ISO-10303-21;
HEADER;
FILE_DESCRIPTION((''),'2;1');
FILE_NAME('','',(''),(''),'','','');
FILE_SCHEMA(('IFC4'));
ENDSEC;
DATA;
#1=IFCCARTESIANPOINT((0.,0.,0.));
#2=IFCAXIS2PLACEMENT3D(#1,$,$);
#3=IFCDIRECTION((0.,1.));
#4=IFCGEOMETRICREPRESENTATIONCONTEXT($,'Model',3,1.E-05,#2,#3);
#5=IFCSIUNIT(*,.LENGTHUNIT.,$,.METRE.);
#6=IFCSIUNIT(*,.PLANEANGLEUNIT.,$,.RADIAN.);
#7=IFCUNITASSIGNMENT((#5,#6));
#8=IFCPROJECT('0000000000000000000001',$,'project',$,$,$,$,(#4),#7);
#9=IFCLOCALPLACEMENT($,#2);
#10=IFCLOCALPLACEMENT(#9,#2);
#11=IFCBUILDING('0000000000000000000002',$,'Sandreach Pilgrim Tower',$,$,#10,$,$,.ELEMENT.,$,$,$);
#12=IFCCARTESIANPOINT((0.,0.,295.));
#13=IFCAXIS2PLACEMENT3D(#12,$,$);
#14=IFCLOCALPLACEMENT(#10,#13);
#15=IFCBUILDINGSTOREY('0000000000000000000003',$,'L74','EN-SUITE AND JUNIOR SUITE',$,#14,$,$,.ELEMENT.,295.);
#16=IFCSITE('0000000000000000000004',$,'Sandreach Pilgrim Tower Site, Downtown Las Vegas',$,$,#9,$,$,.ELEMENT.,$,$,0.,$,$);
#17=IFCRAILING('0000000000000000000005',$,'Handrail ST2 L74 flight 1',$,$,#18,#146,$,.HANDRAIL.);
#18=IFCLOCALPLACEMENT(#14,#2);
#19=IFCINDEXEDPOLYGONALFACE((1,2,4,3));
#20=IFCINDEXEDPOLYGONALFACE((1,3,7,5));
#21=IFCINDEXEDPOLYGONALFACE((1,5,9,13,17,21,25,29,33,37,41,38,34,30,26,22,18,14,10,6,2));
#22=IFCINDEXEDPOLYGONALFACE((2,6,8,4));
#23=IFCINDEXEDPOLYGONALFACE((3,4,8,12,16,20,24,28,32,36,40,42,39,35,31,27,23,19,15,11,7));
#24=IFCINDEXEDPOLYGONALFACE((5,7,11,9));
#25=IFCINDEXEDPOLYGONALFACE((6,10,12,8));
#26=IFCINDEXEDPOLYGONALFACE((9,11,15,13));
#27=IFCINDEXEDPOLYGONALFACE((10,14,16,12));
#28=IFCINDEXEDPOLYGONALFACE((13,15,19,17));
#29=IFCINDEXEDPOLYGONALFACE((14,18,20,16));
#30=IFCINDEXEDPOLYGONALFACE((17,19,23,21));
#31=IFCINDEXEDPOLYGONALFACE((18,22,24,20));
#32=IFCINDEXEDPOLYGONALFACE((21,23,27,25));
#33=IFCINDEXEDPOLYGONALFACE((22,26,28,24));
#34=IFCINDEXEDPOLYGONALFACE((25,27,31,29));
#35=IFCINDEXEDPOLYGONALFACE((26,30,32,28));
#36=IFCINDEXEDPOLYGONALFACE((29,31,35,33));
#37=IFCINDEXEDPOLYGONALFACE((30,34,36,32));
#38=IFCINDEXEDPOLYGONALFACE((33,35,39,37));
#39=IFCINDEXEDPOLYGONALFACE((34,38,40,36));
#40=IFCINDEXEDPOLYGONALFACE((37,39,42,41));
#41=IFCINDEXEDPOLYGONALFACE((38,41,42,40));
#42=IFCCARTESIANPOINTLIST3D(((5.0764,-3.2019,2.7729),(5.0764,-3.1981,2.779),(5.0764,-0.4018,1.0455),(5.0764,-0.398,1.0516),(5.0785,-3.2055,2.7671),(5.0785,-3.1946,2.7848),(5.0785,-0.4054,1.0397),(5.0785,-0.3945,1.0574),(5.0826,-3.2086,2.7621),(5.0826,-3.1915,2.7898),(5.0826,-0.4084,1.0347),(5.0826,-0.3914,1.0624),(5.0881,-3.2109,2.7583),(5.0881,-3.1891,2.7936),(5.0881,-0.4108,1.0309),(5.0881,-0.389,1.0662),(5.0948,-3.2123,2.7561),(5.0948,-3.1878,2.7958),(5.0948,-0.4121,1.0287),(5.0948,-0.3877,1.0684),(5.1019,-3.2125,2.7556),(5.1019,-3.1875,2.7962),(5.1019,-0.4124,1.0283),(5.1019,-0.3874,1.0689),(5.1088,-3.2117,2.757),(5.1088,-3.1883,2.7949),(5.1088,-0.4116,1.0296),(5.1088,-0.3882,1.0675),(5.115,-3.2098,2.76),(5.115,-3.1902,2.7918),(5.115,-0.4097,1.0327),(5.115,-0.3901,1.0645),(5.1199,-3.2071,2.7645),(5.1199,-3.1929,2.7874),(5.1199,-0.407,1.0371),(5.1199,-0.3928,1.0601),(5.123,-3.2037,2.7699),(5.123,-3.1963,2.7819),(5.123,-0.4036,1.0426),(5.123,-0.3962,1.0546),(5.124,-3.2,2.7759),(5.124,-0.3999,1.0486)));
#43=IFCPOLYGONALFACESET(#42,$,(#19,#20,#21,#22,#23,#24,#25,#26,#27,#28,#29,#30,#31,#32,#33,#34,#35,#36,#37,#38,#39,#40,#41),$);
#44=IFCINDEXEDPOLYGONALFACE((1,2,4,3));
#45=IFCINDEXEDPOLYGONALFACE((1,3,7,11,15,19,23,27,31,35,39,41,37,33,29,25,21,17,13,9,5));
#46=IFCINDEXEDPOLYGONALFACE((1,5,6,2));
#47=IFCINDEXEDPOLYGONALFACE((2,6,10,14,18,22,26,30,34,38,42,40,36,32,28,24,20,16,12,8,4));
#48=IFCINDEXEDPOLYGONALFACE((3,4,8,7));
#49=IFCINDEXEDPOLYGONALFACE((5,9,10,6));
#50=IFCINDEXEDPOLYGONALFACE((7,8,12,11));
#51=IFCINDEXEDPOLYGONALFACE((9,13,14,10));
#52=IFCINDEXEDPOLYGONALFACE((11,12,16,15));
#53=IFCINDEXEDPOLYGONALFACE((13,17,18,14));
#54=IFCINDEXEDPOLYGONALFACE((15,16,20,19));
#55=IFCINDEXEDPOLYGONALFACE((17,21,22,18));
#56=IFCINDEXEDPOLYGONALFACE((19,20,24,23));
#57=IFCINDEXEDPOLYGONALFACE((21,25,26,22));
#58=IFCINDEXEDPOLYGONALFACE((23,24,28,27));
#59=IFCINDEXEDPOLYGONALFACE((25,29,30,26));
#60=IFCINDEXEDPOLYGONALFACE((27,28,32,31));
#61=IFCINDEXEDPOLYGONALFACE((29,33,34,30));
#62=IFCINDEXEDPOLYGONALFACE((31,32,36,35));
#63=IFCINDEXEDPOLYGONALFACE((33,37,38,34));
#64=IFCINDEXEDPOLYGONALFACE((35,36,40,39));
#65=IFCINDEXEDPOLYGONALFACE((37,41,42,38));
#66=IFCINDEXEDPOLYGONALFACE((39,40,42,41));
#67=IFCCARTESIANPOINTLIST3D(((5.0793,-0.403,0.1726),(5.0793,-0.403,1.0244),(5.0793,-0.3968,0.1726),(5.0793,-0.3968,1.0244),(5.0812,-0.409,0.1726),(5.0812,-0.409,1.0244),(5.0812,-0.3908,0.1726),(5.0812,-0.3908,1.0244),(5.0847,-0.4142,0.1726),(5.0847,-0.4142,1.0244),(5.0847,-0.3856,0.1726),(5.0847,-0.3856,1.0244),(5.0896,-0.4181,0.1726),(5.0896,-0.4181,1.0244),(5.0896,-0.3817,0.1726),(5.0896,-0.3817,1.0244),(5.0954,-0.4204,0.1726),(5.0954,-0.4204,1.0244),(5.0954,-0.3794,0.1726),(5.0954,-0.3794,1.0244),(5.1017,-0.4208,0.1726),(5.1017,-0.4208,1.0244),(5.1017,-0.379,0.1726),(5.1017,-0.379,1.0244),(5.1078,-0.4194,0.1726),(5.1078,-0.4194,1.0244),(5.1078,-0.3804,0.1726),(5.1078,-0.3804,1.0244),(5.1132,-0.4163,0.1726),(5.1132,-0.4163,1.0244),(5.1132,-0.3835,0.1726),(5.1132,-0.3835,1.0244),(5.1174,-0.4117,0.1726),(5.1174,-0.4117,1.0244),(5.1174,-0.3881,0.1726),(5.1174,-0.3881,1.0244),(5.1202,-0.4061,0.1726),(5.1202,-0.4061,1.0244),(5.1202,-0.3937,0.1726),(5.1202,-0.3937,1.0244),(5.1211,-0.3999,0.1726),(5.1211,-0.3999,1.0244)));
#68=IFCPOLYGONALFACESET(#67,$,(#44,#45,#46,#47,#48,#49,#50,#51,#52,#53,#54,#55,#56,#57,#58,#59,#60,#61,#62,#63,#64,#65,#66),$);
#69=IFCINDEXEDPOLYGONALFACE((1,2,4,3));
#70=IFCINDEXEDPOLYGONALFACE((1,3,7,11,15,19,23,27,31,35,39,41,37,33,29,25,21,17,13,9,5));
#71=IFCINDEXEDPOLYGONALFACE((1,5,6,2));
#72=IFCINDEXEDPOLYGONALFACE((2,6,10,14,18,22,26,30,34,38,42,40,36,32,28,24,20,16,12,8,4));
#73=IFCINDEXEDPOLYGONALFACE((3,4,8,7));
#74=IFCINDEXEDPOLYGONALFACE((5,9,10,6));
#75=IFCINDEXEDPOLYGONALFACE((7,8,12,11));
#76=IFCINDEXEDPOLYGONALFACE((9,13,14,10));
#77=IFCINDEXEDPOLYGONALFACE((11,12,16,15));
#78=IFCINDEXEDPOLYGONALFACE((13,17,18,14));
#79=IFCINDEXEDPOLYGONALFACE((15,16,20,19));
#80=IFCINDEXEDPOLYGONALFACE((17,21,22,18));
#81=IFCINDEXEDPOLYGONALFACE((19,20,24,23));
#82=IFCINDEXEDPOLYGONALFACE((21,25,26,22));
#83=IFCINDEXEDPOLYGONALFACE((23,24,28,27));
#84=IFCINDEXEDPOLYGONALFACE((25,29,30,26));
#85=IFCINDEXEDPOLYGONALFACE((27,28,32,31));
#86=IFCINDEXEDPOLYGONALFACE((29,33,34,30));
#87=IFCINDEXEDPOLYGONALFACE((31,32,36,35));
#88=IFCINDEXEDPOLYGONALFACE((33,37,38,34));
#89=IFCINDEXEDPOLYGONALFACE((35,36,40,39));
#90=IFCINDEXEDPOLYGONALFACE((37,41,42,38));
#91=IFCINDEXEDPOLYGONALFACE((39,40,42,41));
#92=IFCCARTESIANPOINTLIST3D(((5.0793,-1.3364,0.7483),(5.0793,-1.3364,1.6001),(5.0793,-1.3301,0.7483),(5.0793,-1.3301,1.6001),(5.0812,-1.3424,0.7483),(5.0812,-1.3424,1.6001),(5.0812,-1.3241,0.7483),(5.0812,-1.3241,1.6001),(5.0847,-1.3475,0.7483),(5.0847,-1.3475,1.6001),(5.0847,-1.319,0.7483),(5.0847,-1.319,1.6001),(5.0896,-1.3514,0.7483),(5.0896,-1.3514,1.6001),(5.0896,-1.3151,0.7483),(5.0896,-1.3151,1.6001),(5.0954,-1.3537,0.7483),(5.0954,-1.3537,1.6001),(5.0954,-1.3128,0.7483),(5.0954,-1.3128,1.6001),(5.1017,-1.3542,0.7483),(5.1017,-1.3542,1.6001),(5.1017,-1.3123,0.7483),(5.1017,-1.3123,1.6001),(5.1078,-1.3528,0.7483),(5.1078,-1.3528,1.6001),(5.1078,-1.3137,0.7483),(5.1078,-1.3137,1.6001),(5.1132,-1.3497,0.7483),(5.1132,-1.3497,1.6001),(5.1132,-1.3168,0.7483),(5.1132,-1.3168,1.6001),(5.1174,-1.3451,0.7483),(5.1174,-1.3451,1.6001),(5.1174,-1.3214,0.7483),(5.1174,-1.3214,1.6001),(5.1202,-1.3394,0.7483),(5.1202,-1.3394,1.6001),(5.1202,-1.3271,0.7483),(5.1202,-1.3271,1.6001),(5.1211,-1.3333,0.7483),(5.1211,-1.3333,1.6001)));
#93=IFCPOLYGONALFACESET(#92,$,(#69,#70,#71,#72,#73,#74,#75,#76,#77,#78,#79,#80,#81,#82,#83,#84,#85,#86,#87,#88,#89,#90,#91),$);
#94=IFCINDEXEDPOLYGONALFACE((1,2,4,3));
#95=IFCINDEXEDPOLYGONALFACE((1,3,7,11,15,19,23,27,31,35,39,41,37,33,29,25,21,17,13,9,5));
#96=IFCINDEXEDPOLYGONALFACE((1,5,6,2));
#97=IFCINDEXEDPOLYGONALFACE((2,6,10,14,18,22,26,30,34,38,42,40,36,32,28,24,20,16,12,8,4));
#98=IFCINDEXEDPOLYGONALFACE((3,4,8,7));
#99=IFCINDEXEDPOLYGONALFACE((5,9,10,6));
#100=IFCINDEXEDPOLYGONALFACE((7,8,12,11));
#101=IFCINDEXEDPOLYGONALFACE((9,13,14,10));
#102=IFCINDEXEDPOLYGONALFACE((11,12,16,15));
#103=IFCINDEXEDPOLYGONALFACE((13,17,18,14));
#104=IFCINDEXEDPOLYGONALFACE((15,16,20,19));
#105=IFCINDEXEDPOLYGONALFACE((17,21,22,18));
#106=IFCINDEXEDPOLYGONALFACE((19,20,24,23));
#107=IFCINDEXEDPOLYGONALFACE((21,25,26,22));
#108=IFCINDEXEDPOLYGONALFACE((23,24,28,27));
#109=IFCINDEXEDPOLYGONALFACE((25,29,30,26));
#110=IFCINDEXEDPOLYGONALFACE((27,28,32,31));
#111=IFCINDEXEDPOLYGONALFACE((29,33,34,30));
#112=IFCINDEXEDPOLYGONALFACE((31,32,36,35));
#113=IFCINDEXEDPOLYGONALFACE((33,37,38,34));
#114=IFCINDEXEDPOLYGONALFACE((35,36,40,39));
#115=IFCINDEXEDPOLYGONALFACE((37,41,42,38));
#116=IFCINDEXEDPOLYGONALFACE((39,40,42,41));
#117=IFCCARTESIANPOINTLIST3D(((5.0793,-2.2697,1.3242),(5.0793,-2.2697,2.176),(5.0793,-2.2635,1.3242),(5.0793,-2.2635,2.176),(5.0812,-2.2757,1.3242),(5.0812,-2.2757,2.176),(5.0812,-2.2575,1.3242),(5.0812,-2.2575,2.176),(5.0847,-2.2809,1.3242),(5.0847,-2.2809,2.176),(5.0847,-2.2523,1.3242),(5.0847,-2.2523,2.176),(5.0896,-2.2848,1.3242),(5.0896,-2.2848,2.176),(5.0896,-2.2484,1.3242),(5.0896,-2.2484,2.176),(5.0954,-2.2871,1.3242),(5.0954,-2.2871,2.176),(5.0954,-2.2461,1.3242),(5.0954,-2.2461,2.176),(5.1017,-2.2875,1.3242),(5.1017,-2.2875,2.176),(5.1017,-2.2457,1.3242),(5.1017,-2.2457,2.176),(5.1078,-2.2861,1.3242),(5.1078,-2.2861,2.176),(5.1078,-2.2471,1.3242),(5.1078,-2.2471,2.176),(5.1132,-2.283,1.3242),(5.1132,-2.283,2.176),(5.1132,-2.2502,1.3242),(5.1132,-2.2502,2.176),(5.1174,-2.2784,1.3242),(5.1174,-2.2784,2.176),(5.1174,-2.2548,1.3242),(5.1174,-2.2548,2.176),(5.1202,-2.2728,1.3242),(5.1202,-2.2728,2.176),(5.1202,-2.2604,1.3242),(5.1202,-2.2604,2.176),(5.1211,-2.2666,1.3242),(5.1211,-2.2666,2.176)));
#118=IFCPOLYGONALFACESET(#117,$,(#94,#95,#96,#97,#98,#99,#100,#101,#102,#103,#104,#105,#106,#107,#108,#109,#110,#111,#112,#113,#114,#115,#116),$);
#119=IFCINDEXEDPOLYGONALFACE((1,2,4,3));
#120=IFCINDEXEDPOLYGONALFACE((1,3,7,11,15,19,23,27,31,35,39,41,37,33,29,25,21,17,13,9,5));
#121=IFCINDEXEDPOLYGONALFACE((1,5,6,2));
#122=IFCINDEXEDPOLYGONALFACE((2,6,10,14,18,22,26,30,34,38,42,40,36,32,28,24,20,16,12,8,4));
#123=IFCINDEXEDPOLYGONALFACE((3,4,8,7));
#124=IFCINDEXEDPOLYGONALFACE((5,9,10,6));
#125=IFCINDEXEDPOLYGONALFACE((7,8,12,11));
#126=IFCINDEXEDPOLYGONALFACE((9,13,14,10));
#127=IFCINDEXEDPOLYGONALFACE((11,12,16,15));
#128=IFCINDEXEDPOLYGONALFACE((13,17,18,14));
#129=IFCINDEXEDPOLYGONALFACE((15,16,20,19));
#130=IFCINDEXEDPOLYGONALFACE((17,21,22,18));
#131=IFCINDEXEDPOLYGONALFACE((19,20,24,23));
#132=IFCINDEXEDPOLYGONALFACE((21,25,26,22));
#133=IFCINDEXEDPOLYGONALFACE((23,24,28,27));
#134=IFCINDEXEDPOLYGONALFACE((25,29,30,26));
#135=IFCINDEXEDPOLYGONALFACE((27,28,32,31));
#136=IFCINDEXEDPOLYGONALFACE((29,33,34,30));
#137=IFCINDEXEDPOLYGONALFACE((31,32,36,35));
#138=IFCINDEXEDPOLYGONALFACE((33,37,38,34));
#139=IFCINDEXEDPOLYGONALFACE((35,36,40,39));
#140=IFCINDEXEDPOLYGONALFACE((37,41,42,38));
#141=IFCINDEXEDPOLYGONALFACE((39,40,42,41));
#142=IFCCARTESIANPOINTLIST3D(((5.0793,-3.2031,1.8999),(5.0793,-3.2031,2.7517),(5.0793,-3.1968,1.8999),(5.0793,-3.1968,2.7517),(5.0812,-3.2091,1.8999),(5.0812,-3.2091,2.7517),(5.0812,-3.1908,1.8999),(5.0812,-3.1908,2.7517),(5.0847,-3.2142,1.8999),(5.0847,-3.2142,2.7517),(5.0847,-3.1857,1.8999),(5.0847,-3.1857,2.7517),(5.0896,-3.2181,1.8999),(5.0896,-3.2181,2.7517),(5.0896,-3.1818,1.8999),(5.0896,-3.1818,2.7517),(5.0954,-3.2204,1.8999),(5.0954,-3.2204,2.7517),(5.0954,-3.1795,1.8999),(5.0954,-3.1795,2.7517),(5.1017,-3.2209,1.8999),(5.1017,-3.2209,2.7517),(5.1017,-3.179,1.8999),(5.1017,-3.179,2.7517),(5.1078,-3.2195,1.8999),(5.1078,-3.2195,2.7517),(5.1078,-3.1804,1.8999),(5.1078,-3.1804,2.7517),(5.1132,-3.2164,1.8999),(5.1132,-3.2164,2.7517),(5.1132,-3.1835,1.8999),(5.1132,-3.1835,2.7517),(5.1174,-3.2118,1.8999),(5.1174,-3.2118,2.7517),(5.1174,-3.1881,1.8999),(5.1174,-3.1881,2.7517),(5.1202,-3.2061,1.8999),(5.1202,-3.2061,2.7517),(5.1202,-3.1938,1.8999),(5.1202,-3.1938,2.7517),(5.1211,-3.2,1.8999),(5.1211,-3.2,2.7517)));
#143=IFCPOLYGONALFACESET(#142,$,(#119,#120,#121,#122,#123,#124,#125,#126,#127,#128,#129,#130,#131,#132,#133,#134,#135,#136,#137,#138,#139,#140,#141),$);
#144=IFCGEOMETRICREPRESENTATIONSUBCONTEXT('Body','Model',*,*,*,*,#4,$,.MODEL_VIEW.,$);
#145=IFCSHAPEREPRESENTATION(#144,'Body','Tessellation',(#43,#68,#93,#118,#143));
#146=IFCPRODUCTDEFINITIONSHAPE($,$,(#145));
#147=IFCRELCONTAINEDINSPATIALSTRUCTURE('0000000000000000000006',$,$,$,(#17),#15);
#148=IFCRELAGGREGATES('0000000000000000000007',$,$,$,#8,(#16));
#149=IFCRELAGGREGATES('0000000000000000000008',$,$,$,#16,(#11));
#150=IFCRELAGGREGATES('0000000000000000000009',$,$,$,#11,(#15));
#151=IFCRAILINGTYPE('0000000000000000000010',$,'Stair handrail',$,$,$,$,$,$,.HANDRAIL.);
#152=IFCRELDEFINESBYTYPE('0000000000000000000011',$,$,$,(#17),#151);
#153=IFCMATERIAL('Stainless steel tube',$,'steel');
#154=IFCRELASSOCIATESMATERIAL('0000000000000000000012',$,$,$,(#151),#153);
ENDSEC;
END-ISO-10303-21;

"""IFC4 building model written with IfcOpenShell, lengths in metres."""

from ifc_helpers import new_model, si_unit, direction, frame, origin, origin_2d, place, context, subcontext, project, spatial, circle, extrude, material, type_object, element, save


model = new_model("IFC4")

# Units and contexts
model_context = context("Model", 3, precision=1e-05, world=origin(), true_north=direction((0.0, 1.0)))
body_context = subcontext(model_context, "Body", "Model", "MODEL_VIEW")
ifc_project = project(units=[si_unit("LENGTHUNIT", "METRE"), si_unit("PLANEANGLEUNIT", "RADIAN")], contexts=[model_context])

# Site, building, storey
site_placement = place(None, origin())
site = spatial("IfcSite", under=ifc_project, at=site_placement, Name="Sandreach Pilgrim Tower Site, Downtown Las Vegas", CompositionType="ELEMENT", RefElevation=0.0)
building_placement = place(site_placement, origin())
building = spatial("IfcBuilding", under=site, at=building_placement, Name="Sandreach Pilgrim Tower", CompositionType="ELEMENT")
storey_placement = place(building_placement, frame((0.0, 0.0, 295.0)))
storey = spatial("IfcBuildingStorey", under=building, at=storey_placement, Name="L74", Description="EN-SUITE AND JUNIOR SUITE", CompositionType="ELEMENT", Elevation=295.0)

# Railing
ifc_material_1 = material(Name="Stainless steel tube", Category="steel")
railing_type = type_object("IfcRailingType", Name="Stair handrail", PredefinedType="HANDRAIL", material=ifc_material_1)
for number, where, name in (
    (1, (5.1001, -0.3999, 0.1726), "Handrail ST2 L74 flight 1"),
):
    element("IfcRailing", number, at=place(storey_placement, frame(where)), inside=storey, type_object=railing_type, Name=name, PredefinedType="HANDRAIL", context=body_context, shape_type="SweptSolid", body=[
        extrude(circle(Radius=0.0239, at=origin_2d()), frame((0.0, 0.0, 0.876), z_axis=(0.0, -0.85109, 0.52502), x_axis=(1.0, 0.0, 0.0)), (0.0, 0.0, 1.0), 3.29),
        extrude(circle(Radius=0.021, at=origin_2d()), origin(), (0.0, 0.0, 1.0), 0.8518),
        extrude(circle(Radius=0.021, at=origin_2d()), frame((0.0, -0.9333, 0.5757)), (0.0, 0.0, 1.0), 0.8518),
        extrude(circle(Radius=0.021, at=origin_2d()), frame((0.0, -1.8667, 1.1516)), (0.0, 0.0, 1.0), 0.8518),
        extrude(circle(Radius=0.021, at=origin_2d()), frame((0.0, -2.8, 1.7273)), (0.0, 0.0, 1.0), 0.8518),
    ])

save(model, "model.ifc")
